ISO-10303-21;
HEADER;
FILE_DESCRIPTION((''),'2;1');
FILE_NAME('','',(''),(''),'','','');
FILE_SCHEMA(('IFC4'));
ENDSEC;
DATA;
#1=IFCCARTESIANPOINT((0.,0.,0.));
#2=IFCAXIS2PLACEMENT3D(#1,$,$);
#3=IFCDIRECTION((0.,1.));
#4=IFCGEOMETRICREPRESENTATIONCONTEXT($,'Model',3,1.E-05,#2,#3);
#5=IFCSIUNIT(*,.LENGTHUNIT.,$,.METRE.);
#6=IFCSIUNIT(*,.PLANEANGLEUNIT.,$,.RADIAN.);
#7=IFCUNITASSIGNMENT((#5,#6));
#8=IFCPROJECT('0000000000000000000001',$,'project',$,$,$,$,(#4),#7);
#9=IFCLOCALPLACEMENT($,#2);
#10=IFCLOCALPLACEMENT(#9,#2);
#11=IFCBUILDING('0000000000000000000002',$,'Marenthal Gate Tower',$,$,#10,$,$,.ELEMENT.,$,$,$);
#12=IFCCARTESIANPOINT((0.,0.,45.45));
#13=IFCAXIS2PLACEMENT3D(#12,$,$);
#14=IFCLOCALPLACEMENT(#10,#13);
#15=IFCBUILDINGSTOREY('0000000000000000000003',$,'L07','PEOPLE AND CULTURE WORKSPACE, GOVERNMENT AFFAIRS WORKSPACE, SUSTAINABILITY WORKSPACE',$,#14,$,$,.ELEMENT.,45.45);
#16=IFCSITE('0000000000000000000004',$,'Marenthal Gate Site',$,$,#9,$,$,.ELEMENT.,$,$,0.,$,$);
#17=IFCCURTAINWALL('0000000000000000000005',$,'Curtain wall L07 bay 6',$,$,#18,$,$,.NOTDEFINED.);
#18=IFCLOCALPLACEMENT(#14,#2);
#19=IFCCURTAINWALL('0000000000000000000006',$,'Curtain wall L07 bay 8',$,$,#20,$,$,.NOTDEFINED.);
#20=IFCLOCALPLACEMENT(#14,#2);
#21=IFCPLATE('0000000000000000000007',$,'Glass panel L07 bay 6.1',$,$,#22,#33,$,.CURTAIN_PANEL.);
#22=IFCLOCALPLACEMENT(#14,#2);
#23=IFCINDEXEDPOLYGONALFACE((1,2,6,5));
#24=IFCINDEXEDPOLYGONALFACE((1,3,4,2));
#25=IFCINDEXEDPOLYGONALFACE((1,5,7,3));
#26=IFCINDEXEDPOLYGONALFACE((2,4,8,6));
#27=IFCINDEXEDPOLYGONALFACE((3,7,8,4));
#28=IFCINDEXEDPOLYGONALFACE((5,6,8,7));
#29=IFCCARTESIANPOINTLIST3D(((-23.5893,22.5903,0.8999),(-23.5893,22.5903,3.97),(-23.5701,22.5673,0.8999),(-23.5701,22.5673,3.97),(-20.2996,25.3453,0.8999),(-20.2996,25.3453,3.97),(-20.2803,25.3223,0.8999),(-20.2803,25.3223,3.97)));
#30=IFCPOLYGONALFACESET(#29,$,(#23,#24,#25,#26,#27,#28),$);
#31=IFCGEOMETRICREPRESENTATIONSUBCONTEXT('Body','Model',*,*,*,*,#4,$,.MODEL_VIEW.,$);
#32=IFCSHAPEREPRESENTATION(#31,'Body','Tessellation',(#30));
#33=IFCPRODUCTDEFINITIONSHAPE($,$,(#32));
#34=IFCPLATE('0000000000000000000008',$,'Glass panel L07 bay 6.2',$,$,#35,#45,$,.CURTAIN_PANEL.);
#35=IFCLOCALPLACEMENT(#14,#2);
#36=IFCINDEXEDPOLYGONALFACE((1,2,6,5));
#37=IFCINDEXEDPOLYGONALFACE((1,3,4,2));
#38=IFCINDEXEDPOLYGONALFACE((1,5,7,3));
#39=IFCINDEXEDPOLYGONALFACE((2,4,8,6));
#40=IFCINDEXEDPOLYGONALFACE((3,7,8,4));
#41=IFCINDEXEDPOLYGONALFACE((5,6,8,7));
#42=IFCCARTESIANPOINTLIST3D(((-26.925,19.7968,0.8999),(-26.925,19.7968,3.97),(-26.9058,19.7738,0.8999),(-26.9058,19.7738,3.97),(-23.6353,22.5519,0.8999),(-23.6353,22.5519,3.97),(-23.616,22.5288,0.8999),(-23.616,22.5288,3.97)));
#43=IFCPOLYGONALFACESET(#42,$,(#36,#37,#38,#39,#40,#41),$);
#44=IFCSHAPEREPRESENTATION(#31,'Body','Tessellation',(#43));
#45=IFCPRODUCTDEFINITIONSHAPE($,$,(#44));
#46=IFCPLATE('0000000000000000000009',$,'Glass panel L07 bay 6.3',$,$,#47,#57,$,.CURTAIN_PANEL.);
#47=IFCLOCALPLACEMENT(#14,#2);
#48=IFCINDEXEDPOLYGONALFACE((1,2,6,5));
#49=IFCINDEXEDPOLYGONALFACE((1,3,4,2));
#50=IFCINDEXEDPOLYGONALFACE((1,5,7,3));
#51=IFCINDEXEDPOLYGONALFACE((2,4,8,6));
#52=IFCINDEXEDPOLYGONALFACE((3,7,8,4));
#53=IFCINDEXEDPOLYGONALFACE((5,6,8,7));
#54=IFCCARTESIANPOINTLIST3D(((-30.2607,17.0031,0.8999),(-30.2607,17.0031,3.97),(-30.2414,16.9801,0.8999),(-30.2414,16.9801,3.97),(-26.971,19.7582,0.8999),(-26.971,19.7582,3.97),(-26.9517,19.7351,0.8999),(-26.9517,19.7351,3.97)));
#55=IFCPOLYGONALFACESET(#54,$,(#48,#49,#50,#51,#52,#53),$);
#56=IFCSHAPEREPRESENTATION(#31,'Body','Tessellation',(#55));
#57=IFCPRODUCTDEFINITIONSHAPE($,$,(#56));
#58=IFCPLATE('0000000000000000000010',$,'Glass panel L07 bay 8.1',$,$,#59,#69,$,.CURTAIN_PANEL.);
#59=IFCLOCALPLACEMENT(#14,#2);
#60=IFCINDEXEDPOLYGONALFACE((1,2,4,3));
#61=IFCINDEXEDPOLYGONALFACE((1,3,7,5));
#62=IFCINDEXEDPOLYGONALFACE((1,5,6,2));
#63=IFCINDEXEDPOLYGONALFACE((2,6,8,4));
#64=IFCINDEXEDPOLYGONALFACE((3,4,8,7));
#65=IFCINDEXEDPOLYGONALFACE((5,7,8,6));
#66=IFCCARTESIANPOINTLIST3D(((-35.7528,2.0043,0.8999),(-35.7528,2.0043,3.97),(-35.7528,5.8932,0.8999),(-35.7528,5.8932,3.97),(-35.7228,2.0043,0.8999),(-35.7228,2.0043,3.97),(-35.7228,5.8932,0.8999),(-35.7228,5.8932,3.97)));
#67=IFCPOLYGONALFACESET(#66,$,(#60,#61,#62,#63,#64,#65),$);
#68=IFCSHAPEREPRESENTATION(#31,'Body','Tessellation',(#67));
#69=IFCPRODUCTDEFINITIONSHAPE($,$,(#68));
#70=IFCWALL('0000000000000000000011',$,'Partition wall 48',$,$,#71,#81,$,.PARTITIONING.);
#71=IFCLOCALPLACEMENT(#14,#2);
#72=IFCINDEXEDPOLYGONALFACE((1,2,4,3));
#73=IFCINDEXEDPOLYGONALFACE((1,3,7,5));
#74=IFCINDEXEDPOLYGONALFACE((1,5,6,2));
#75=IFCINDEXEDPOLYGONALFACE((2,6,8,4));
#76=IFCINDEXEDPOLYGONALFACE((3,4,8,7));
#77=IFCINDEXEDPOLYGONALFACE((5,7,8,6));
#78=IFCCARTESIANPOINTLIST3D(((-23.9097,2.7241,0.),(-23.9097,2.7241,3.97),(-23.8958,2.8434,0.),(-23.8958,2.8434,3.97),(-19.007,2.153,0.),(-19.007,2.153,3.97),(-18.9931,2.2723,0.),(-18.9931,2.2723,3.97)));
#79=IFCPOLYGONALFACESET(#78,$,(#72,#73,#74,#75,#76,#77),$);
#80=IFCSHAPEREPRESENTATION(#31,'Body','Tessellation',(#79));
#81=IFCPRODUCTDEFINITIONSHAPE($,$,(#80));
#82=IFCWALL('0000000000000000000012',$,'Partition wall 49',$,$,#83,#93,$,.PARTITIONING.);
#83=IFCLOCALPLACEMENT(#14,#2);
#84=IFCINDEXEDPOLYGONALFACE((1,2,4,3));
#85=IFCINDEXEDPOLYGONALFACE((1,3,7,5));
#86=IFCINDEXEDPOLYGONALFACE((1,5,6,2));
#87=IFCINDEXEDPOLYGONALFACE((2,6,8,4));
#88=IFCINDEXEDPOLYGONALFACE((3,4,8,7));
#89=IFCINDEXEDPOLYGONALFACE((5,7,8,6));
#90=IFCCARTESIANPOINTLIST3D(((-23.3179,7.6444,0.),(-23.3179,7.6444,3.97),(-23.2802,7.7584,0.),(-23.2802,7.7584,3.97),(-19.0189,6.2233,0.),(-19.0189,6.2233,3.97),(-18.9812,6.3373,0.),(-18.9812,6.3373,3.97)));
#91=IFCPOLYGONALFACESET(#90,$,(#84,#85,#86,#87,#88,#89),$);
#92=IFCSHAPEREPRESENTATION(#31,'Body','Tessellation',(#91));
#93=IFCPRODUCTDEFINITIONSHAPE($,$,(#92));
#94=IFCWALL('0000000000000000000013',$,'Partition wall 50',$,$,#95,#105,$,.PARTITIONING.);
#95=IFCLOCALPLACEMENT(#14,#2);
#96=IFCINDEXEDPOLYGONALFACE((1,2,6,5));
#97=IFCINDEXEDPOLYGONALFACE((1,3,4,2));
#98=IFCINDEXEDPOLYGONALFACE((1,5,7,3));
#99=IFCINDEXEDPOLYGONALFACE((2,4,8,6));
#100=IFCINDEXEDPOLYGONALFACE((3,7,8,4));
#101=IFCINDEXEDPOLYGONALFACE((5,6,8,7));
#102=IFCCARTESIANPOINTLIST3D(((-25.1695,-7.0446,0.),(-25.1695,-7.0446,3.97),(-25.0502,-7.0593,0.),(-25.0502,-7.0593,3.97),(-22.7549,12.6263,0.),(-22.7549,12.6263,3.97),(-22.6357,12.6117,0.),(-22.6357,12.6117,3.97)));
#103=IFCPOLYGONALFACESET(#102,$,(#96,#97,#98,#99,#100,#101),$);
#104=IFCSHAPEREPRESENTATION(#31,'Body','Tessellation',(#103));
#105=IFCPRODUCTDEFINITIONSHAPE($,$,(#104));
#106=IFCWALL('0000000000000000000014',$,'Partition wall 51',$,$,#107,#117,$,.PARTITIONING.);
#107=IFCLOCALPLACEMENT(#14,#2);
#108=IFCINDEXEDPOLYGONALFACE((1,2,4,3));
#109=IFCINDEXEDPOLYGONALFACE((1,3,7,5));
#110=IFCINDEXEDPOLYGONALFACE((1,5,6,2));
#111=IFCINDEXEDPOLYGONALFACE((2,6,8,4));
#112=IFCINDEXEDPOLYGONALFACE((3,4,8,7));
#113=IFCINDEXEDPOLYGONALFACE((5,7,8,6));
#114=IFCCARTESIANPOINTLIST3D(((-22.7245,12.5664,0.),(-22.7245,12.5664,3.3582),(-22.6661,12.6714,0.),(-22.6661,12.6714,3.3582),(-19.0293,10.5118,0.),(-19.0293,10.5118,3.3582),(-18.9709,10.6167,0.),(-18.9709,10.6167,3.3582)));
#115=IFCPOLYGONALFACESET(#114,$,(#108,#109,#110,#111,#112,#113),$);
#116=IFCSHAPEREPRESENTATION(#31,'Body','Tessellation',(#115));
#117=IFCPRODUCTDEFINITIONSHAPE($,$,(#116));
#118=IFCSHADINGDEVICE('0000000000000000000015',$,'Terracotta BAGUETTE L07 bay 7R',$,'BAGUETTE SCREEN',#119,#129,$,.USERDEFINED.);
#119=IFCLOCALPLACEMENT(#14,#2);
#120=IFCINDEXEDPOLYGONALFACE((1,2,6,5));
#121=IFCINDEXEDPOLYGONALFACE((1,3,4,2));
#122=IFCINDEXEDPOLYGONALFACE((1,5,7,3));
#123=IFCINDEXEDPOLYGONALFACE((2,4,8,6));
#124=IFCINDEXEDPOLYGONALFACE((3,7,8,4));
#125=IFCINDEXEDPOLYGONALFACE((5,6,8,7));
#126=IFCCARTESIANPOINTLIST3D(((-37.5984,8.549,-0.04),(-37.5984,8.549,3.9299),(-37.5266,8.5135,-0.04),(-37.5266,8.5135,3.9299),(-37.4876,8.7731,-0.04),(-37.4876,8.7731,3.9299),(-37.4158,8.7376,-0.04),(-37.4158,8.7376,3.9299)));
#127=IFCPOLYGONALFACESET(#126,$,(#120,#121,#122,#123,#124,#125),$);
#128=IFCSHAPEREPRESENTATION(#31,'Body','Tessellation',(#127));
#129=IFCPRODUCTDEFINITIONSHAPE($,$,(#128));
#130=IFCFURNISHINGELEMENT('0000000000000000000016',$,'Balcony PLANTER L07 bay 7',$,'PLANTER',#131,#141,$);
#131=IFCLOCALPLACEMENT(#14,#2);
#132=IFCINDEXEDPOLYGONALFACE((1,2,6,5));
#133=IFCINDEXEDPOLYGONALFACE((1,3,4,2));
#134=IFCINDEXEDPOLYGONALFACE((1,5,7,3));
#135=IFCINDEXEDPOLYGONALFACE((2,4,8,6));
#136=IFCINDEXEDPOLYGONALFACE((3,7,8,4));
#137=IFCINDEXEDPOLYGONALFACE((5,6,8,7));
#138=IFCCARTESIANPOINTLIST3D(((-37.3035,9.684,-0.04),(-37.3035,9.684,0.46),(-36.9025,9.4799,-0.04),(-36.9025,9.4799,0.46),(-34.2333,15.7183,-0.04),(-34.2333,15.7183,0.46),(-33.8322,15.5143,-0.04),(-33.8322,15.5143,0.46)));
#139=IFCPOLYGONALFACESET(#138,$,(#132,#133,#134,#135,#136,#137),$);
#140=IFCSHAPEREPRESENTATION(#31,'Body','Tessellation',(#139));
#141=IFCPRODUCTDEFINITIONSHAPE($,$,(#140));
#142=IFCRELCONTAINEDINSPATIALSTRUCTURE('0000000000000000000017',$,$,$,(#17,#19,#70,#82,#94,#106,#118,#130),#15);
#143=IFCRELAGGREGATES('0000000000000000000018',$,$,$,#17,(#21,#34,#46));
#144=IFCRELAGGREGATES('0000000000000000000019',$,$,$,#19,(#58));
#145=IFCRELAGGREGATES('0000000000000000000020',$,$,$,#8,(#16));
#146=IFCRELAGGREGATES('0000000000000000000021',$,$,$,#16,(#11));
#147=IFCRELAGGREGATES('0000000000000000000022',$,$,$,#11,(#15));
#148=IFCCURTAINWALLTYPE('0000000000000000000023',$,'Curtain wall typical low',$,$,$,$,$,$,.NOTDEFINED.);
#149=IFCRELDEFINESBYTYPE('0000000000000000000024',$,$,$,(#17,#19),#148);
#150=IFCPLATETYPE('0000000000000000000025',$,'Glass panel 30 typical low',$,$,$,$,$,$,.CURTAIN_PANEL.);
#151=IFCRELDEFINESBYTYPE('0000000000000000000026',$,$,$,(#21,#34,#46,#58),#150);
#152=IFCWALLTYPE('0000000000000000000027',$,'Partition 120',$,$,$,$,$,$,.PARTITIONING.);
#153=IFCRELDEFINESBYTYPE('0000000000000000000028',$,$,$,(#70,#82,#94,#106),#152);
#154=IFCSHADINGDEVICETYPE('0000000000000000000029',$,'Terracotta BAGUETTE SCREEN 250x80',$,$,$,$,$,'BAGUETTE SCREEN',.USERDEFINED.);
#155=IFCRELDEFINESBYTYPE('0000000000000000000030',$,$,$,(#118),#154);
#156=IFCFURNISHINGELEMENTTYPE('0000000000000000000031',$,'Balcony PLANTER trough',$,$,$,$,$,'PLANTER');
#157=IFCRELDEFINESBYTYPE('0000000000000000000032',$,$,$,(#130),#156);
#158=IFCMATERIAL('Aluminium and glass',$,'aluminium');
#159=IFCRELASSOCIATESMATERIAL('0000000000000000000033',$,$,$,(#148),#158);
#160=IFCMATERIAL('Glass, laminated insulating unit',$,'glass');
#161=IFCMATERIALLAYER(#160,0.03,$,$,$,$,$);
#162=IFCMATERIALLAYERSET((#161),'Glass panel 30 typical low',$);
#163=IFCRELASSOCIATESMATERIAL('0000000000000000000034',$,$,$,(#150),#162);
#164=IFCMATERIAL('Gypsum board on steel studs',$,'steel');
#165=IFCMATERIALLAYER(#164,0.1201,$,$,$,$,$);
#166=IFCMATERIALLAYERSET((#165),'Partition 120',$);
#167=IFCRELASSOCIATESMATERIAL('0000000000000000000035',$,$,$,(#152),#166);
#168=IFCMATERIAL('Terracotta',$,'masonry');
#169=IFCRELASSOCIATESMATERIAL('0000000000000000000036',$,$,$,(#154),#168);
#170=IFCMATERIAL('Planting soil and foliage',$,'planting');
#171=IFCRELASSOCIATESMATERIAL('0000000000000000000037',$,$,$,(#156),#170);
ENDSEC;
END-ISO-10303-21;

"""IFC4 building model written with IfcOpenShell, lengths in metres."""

from ifc_helpers import new_model, si_unit, direction, frame, frame_2d, origin, origin_2d, place, context, subcontext, project, spatial, rectangle, extrude, material, layer, layer_set, material_profile, profile_set, type_object, element, aggregate, save


model = new_model("IFC4")

# Units and contexts
model_context = context("Model", 3, precision=1e-05, world=origin(), true_north=direction((0.0, 1.0)))
body_context = subcontext(model_context, "Body", "Model", "MODEL_VIEW")
ifc_project = project(units=[si_unit("LENGTHUNIT", "METRE"), si_unit("PLANEANGLEUNIT", "RADIAN")], contexts=[model_context])

# Site, building, storey
site_placement = place(None, origin())
site = spatial("IfcSite", under=ifc_project, at=site_placement, Name="Marenthal Gate Site", CompositionType="ELEMENT", RefElevation=0.0)
building_placement = place(site_placement, origin())
building = spatial("IfcBuilding", under=site, at=building_placement, Name="Marenthal Gate Tower", CompositionType="ELEMENT")
storey_placement = place(building_placement, frame((0.0, 0.0, 45.45)))
storey = spatial("IfcBuildingStorey", under=building, at=storey_placement, Name="L07", Description="PEOPLE AND CULTURE WORKSPACE, GOVERNMENT AFFAIRS WORKSPACE, SUSTAINABILITY WORKSPACE", CompositionType="ELEMENT", Elevation=45.45)

# Curtain walls
ifc_material_1 = material(Name="Aluminium and glass", Category="aluminium")
curtain_wall_type = type_object("IfcCurtainWallType", Name="Curtain wall typical low", PredefinedType="NOTDEFINED", material=ifc_material_1)
curtain_wall_1_placement = place(storey_placement, origin())
curtain_wall_1 = element("IfcCurtainWall", 1, at=curtain_wall_1_placement, inside=storey, type_object=curtain_wall_type, Name="Curtain wall L07 bay 6", PredefinedType="NOTDEFINED")
curtain_wall_2_placement = place(storey_placement, origin())
curtain_wall_2 = element("IfcCurtainWall", 2, at=curtain_wall_2_placement, inside=storey, type_object=curtain_wall_type, Name="Curtain wall L07 bay 8", PredefinedType="NOTDEFINED")

# Plates
ifc_material_2 = material(Name="Glass, laminated insulating unit", Category="glass")
ifc_layer_1 = layer(ifc_material_2, 0.03)
ifc_layer_set_1 = layer_set([ifc_layer_1], Name="Glass panel 30 typical low")
plate_type = type_object("IfcPlateType", Name="Glass panel 30 typical low", PredefinedType="CURTAIN_PANEL", material=ifc_layer_set_1)
plate_1_placement = place(storey_placement, frame((-21.9348, 23.9563, 0.8999), z_axis=(0.0, 0.0, 1.0), x_axis=(-0.766665, -0.642047, 0.0)))
plate_1 = element("IfcPlate", 3, at=plate_1_placement, type_object=plate_type, Name="Glass panel L07 bay 6.1", PredefinedType="CURTAIN_PANEL", context=body_context, shape_type="SweptSolid", body=[
    extrude(rectangle(XDim=4.291, YDim=0.03, at=origin_2d()), origin(), (0.0, 0.0, 1.0), 3.0701),
])
plate_2_placement = place(storey_placement, frame((-25.2705, 21.1628, 0.8999), z_axis=(0.0, 0.0, 1.0), x_axis=(-0.766665, -0.642047, 0.0)))
plate_2 = element("IfcPlate", 4, at=plate_2_placement, type_object=plate_type, Name="Glass panel L07 bay 6.2", PredefinedType="CURTAIN_PANEL", context=body_context, shape_type="SweptSolid", body=[
    extrude(rectangle(XDim=4.291, YDim=0.03, at=origin_2d()), origin(), (0.0, 0.0, 1.0), 3.0701),
])
plate_3_placement = place(storey_placement, frame((-28.6062, 18.3691, 0.8999), z_axis=(0.0, 0.0, 1.0), x_axis=(-0.766665, -0.642047, 0.0)))
plate_3 = element("IfcPlate", 5, at=plate_3_placement, type_object=plate_type, Name="Glass panel L07 bay 6.3", PredefinedType="CURTAIN_PANEL", context=body_context, shape_type="SweptSolid", body=[
    extrude(rectangle(XDim=4.291, YDim=0.03, at=origin_2d()), origin(), (0.0, 0.0, 1.0), 3.0701),
])
aggregate(curtain_wall_1, [plate_1, plate_2, plate_3])
plate_4_placement = place(storey_placement, frame((-35.7378, 3.9487, 0.8999), z_axis=(0.0, 0.0, 1.0), x_axis=(0.0, -1.0, 0.0)))
plate_4 = element("IfcPlate", 6, at=plate_4_placement, type_object=plate_type, Name="Glass panel L07 bay 8.1", PredefinedType="CURTAIN_PANEL", context=body_context, shape_type="SweptSolid", body=[
    extrude(rectangle(XDim=3.8889, YDim=0.03, at=origin_2d()), origin(), (0.0, 0.0, 1.0), 3.0701),
])
aggregate(curtain_wall_2, [plate_4])

# Walls
ifc_material_3 = material(Name="Gypsum board on steel studs", Category="steel")
ifc_layer_2 = layer(ifc_material_3, 0.1201)
ifc_layer_set_2 = layer_set([ifc_layer_2], Name="Partition 120")
wall_type_1 = type_object("IfcWallType", Name="Partition 120", PredefinedType="PARTITIONING", material=ifc_layer_set_2)
wall_1_placement = place(storey_placement, frame((-23.9026, 2.7837, 0.0), z_axis=(0.0, 0.0, 1.0), x_axis=(0.993285, -0.115696, 0.0)))
element("IfcWall", 7, at=wall_1_placement, inside=storey, type_object=wall_type_1, Name="Partition wall 48", PredefinedType="PARTITIONING", context=body_context, shape_type="SweptSolid", body=[
    extrude(rectangle(XDim=4.9358, YDim=0.1201, at=frame_2d((2.4678, 0.0))), origin(), (0.0, 0.0, 1.0), 3.97),
])
wall_2_placement = place(storey_placement, frame((-23.2991, 7.7014, 0.0), z_axis=(0.0, 0.0, 1.0), x_axis=(0.949468, -0.313865, 0.0)))
element("IfcWall", 8, at=wall_2_placement, inside=storey, type_object=wall_type_1, Name="Partition wall 49", PredefinedType="PARTITIONING", context=body_context, shape_type="SweptSolid", body=[
    extrude(rectangle(XDim=4.5278, YDim=0.1201, at=frame_2d((2.2639, 0.0))), origin(), (0.0, 0.0, 1.0), 3.97),
])
wall_3_placement = place(storey_placement, frame((-22.6953, 12.6189, 0.0), z_axis=(0.0, 0.0, 1.0), x_axis=(-0.121833, -0.992551, 0.0)))
element("IfcWall", 9, at=wall_3_placement, inside=storey, type_object=wall_type_1, Name="Partition wall 50", PredefinedType="PARTITIONING", context=body_context, shape_type="SweptSolid", body=[
    extrude(rectangle(XDim=19.8186, YDim=0.1201, at=frame_2d((9.9092, 0.0))), origin(), (0.0, 0.0, 1.0), 3.97),
])
wall_4_placement = place(storey_placement, frame((-22.6953, 12.6189, 0.0), z_axis=(0.0, 0.0, 1.0), x_axis=(0.873983, -0.485957, 0.0)))
element("IfcWall", 10, at=wall_4_placement, inside=storey, type_object=wall_type_1, Name="Partition wall 51", PredefinedType="PARTITIONING", context=body_context, shape_type="SweptSolid", body=[
    extrude(rectangle(XDim=4.228, YDim=0.1201, at=frame_2d((2.114, 0.0))), origin(), (0.0, 0.0, 1.0), 3.3582),
])

# Shading device
ifc_material_4 = material(Name="Terracotta", Category="masonry")
ifc_material_profile_1 = material_profile(ifc_material_4, rectangle(XDim=0.25, YDim=0.0801, at=origin_2d()), Name="Terracotta baguette 250x80")
ifc_profile_set_1 = profile_set([ifc_material_profile_1], Name="Terracotta")
shading_device_type = type_object("IfcShadingDeviceType", Name="Terracotta BAGUETTE SCREEN 250x80", ElementType="BAGUETTE SCREEN", PredefinedType="USERDEFINED", material=ifc_profile_set_1)
shading_device_placement = place(storey_placement, frame((-37.5071, 8.6433, -0.04), z_axis=(0.0, 0.0, 1.0), x_axis=(-0.443058, -0.896493, 0.0)))
element("IfcShadingDevice", 11, at=shading_device_placement, inside=storey, type_object=shading_device_type, Name="Terracotta BAGUETTE L07 bay 7R", ObjectType="BAGUETTE SCREEN", PredefinedType="USERDEFINED", context=body_context, shape_type="SweptSolid", body=[
    extrude(rectangle(XDim=0.25, YDim=0.0801, at=origin_2d()), origin(), (0.0, 0.0, 1.0), 3.97),
])

# Furnishing element
ifc_material_5 = material(Name="Planting soil and foliage", Category="planting")
furnishing_element_type = type_object("IfcFurnishingElementType", Name="Balcony PLANTER trough", ElementType="PLANTER", material=ifc_material_5)
furnishing_placement = place(storey_placement, frame((-35.5679, 12.5991, -0.04), z_axis=(0.0, 0.0, 1.0), x_axis=(-0.453476, -0.891269, 0.0)))
element("IfcFurnishingElement", 12, at=furnishing_placement, inside=storey, type_object=furnishing_element_type, Name="Balcony PLANTER L07 bay 7", ObjectType="PLANTER", context=body_context, shape_type="SweptSolid", body=[
    extrude(rectangle(XDim=6.7705, YDim=0.45, at=origin_2d()), origin(), (0.0, 0.0, 1.0), 0.5),
])

save(model, "model.ifc")
